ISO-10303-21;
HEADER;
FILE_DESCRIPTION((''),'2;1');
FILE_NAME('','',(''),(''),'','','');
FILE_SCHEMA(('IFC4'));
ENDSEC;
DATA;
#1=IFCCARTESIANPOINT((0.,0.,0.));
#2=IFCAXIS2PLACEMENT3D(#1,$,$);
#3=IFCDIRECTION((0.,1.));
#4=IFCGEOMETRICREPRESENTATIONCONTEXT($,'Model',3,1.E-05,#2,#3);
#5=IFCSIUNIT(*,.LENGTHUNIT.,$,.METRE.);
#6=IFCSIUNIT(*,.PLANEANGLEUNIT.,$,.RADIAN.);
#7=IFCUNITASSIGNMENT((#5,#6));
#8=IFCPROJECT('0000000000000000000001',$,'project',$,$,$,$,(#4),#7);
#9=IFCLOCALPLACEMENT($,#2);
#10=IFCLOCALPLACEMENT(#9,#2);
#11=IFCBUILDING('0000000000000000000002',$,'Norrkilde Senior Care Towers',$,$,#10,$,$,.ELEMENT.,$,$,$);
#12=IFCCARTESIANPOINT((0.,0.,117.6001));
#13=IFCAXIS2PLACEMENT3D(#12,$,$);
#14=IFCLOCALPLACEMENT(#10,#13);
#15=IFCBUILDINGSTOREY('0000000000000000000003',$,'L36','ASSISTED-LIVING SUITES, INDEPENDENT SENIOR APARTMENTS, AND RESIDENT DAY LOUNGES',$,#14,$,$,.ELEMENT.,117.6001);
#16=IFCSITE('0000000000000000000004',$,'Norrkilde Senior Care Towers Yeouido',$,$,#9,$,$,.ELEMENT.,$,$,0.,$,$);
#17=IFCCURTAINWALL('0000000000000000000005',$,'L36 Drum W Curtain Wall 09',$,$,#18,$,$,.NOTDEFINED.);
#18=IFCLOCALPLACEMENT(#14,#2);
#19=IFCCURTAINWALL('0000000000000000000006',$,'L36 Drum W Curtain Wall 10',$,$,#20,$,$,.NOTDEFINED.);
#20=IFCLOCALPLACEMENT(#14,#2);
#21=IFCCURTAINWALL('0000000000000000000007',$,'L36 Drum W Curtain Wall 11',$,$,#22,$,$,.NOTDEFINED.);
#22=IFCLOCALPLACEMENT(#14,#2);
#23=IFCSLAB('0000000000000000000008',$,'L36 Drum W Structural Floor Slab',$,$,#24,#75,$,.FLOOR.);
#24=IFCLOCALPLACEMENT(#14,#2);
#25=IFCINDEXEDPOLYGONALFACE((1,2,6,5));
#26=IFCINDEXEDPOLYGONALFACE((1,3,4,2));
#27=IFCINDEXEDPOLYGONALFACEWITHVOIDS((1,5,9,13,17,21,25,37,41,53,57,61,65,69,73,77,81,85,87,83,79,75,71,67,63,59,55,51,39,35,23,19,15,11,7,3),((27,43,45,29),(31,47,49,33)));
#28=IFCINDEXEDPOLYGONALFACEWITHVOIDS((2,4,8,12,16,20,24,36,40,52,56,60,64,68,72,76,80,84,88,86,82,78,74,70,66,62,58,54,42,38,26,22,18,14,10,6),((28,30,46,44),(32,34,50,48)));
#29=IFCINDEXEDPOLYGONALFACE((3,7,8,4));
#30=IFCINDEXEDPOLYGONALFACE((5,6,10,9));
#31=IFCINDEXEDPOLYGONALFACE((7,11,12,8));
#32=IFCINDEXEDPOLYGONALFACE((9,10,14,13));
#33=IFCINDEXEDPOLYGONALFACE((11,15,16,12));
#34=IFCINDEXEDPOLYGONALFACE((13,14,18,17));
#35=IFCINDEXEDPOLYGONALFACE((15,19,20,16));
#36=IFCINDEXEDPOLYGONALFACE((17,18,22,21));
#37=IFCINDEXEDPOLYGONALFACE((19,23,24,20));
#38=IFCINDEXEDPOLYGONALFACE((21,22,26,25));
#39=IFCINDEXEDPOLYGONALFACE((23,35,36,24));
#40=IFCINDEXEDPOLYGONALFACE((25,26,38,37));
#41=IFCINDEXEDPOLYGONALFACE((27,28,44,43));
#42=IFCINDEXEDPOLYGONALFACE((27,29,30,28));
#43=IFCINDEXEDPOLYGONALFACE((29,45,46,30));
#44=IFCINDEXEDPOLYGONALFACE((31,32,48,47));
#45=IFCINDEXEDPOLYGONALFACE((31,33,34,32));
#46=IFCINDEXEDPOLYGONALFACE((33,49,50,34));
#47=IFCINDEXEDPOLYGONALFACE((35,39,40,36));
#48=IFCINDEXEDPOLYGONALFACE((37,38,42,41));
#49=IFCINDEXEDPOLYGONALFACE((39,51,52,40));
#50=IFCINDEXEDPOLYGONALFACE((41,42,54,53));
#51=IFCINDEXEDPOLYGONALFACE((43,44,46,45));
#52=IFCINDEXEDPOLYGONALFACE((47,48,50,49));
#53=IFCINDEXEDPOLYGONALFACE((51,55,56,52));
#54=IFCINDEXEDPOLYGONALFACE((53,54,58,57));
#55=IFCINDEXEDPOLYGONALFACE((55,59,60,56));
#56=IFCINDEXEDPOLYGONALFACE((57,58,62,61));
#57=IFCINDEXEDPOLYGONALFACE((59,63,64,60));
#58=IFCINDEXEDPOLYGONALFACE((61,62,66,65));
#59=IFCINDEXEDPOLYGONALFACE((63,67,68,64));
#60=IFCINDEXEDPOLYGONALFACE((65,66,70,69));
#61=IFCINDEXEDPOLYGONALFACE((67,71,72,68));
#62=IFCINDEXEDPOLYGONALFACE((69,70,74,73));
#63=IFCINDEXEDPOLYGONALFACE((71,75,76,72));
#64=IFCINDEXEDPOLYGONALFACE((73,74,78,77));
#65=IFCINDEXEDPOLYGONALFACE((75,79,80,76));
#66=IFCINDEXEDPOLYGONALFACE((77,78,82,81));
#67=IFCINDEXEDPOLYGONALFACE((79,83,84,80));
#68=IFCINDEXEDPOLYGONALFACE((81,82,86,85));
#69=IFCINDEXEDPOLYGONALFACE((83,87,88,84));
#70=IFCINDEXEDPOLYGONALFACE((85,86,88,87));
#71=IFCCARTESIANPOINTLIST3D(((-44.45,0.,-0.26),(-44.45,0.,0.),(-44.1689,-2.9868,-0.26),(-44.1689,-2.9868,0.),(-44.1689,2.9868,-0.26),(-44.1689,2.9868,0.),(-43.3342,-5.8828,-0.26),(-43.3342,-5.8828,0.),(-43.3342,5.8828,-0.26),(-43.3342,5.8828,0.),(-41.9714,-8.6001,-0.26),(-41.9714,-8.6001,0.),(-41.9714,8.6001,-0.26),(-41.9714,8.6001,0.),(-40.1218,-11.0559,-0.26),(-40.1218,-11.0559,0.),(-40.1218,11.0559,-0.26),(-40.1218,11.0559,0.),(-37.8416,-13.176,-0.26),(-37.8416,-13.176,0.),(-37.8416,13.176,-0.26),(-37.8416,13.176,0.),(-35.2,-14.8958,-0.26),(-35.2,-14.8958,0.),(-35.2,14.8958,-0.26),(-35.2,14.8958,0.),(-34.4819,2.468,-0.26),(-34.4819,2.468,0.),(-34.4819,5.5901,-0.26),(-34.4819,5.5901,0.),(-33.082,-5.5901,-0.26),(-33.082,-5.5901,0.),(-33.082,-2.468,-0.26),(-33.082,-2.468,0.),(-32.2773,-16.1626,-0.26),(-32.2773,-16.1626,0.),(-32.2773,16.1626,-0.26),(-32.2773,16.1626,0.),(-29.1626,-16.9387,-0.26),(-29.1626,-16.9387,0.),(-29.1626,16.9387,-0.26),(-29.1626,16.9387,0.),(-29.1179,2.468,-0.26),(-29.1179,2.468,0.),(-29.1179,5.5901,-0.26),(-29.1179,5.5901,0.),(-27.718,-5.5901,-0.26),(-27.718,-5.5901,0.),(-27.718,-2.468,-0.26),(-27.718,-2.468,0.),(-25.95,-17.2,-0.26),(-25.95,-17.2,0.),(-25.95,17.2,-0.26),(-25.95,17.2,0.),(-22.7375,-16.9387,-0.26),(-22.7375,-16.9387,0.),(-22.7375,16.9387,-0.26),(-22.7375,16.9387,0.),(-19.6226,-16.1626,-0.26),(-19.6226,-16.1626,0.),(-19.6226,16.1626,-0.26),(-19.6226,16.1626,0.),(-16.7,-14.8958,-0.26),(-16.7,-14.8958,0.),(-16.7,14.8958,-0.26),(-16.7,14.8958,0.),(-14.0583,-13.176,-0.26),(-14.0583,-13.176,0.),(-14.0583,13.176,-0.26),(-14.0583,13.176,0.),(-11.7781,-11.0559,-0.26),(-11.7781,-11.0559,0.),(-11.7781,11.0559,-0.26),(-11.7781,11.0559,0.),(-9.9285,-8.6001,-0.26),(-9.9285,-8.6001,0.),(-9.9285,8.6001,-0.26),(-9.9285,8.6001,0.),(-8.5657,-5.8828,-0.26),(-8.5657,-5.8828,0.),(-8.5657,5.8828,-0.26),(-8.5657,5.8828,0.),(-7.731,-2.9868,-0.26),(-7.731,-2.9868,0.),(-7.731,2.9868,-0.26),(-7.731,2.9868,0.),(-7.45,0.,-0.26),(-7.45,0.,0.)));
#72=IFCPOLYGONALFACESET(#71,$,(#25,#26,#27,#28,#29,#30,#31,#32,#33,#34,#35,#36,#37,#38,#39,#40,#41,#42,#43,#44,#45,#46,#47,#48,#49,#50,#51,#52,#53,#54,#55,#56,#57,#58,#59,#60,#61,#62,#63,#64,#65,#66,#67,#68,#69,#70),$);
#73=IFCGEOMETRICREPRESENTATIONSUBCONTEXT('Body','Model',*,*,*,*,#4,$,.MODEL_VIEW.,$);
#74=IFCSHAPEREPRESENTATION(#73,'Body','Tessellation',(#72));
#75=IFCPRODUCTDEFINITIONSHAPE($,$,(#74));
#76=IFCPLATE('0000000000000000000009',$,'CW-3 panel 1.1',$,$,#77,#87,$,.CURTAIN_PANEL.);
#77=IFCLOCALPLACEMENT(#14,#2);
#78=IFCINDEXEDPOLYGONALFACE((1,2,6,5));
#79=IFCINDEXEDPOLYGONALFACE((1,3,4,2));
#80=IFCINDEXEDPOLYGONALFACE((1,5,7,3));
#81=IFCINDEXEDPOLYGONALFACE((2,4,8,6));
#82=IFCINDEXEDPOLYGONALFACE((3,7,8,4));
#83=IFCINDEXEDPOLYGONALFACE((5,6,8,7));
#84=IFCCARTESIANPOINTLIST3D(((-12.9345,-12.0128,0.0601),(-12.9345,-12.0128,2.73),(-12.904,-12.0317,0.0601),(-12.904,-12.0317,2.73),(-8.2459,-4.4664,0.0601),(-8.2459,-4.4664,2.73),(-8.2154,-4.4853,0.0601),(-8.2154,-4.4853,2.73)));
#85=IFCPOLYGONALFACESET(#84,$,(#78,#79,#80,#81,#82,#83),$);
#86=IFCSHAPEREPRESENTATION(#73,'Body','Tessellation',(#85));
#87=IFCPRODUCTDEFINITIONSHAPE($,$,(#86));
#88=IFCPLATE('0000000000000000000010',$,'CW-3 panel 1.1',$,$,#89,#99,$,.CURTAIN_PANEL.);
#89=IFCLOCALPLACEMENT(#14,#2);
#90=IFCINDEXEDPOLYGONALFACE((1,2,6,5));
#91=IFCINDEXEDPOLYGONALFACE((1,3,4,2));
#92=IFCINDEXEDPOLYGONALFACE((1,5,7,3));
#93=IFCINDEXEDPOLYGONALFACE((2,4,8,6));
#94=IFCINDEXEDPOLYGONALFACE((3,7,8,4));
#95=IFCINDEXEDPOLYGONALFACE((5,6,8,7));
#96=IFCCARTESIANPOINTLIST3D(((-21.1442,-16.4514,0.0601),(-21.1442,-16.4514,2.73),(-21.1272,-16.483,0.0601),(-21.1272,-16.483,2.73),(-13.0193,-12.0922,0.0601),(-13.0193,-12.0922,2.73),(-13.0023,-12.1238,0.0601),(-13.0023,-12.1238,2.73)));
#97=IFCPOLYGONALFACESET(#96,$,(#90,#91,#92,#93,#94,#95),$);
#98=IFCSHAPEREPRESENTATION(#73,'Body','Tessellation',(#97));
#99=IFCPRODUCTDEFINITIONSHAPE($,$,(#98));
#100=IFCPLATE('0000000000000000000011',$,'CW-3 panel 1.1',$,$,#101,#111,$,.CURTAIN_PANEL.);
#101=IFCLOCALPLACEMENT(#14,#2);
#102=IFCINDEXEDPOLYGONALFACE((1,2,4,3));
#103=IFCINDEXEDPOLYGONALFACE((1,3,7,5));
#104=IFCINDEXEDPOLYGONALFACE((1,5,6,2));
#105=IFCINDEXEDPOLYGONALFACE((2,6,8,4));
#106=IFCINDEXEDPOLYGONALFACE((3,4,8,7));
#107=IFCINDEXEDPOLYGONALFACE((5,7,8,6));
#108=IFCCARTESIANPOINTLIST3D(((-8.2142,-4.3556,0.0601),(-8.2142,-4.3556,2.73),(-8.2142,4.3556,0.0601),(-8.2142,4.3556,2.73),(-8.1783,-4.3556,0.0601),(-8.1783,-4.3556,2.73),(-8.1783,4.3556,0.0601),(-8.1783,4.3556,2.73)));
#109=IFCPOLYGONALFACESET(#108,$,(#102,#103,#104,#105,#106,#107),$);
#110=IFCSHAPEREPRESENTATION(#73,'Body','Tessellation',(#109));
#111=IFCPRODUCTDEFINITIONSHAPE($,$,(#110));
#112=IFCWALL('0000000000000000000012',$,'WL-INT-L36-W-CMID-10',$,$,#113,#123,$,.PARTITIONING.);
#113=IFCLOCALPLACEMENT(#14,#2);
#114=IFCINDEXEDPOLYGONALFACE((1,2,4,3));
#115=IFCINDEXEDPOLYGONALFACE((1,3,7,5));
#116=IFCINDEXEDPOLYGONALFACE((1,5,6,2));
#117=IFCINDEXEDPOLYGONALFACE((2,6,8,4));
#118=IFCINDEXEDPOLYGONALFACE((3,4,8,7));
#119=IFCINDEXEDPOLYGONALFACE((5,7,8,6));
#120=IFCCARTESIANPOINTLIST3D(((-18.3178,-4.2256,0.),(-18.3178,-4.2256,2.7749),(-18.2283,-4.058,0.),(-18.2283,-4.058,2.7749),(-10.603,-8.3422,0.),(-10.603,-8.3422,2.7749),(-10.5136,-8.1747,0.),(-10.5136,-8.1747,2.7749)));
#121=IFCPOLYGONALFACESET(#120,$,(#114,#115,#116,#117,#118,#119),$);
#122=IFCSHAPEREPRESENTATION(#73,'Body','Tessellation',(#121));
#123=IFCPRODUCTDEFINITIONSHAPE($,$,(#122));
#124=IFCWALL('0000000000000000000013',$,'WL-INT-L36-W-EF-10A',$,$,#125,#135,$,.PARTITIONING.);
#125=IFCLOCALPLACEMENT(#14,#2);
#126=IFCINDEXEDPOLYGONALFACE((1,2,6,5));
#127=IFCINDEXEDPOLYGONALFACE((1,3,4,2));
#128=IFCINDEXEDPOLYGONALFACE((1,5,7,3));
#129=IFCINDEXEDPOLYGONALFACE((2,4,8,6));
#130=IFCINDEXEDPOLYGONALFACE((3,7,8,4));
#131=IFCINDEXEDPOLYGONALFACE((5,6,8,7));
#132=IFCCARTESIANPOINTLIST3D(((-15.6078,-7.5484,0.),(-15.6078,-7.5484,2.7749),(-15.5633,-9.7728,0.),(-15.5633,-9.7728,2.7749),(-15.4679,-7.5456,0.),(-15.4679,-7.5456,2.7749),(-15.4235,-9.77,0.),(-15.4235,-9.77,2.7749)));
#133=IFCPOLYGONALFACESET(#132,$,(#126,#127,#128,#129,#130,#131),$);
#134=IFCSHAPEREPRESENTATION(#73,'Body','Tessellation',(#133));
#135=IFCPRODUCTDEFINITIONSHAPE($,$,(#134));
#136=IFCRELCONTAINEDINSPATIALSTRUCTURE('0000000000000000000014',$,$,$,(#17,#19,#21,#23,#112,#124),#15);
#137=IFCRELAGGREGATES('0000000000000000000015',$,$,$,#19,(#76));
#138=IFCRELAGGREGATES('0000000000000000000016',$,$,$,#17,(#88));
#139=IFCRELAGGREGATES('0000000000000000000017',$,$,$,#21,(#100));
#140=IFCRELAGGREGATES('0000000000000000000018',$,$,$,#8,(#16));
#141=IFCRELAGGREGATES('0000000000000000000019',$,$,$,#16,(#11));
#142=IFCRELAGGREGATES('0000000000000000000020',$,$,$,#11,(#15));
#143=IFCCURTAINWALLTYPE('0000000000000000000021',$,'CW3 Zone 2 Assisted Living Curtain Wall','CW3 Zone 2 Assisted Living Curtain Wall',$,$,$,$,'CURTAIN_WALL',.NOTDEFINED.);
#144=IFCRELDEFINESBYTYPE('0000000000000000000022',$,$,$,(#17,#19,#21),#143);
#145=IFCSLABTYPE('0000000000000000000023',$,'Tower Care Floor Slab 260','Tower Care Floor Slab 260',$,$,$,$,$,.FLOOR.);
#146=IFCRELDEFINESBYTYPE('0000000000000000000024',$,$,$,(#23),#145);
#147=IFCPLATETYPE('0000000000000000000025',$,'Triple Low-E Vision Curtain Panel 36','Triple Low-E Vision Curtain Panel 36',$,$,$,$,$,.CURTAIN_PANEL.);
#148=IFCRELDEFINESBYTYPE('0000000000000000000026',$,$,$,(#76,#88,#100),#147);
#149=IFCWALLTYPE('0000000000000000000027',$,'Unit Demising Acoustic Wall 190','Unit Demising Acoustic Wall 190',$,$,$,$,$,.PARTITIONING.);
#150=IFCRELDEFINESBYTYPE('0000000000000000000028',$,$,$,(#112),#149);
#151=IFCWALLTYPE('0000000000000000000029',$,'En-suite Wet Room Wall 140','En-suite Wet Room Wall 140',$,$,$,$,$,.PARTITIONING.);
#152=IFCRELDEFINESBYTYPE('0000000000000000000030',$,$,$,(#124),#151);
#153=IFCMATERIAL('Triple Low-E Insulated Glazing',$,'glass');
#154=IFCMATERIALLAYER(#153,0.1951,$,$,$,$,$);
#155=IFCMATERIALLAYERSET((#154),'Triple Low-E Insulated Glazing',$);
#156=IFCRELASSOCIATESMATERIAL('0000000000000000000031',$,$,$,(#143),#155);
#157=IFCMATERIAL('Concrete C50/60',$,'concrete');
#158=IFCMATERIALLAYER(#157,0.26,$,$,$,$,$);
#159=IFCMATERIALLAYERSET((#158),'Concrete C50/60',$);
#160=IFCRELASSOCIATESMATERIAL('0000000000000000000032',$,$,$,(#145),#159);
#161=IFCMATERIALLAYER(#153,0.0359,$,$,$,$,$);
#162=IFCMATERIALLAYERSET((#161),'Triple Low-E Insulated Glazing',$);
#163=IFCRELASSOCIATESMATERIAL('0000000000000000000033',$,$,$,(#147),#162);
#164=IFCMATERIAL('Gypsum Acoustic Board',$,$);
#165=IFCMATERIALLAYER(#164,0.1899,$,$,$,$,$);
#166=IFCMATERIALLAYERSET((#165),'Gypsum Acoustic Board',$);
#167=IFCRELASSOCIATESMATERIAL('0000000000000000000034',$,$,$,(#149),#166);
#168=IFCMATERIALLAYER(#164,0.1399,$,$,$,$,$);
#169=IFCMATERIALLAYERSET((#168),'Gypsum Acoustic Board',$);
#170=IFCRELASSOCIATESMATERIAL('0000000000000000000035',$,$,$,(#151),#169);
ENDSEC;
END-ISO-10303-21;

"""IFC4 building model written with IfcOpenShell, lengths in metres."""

from ifc_helpers import new_model, si_unit, direction, frame, frame_2d, origin, origin_2d, place, context, subcontext, project, spatial, polyline, rectangle, outline, extrude, source, transform, mapped, material, layer, layer_set, type_object, type_shapes, element, aggregate, save


model = new_model("IFC4")

# Units and contexts
model_context = context("Model", 3, precision=1e-05, world=origin(), true_north=direction((0.0, 1.0)))
body_context = subcontext(model_context, "Body", "Model", "MODEL_VIEW")
ifc_project = project(units=[si_unit("LENGTHUNIT", "METRE"), si_unit("PLANEANGLEUNIT", "RADIAN")], contexts=[model_context])

# Site, building, storey
site_placement = place(None, origin())
site = spatial("IfcSite", under=ifc_project, at=site_placement, Name="Norrkilde Senior Care Towers Yeouido", CompositionType="ELEMENT", RefElevation=0.0)
building_placement = place(site_placement, origin())
building = spatial("IfcBuilding", under=site, at=building_placement, Name="Norrkilde Senior Care Towers", CompositionType="ELEMENT")
storey_placement = place(building_placement, frame((0.0, 0.0, 117.6001)))
storey = spatial("IfcBuildingStorey", under=building, at=storey_placement, Name="L36", Description="ASSISTED-LIVING SUITES, INDEPENDENT SENIOR APARTMENTS, AND RESIDENT DAY LOUNGES", CompositionType="ELEMENT", Elevation=117.6001)

# Curtain wall
ifc_material_1 = material(Name="Triple Low-E Insulated Glazing", Category="glass")
ifc_layer_1 = layer(ifc_material_1, 0.1951)
ifc_layer_set_1 = layer_set([ifc_layer_1], Name="Triple Low-E Insulated Glazing")
curtain_wall_type = type_object("IfcCurtainWallType", Name="CW3 Zone 2 Assisted Living Curtain Wall", Description="CW3 Zone 2 Assisted Living Curtain Wall", ElementType="CURTAIN_WALL", PredefinedType="NOTDEFINED", material=ifc_layer_set_1)
curtain_wall_1_placement = place(storey_placement, origin())
curtain_wall_1 = element("IfcCurtainWall", 1, at=curtain_wall_1_placement, inside=storey, type_object=curtain_wall_type, Name="L36 Drum W Curtain Wall 09", PredefinedType="NOTDEFINED")

# Curtain wall
curtain_wall_2_placement = place(storey_placement, origin())
curtain_wall_2 = element("IfcCurtainWall", 2, at=curtain_wall_2_placement, inside=storey, type_object=curtain_wall_type, Name="L36 Drum W Curtain Wall 10", PredefinedType="NOTDEFINED")

# Curtain wall
curtain_wall_3_placement = place(storey_placement, origin())
curtain_wall_3 = element("IfcCurtainWall", 3, at=curtain_wall_3_placement, inside=storey, type_object=curtain_wall_type, Name="L36 Drum W Curtain Wall 11", PredefinedType="NOTDEFINED")

# Slab
ifc_material_2 = material(Name="Concrete C50/60", Category="concrete")
ifc_layer_2 = layer(ifc_material_2, 0.26)
ifc_layer_set_2 = layer_set([ifc_layer_2], Name="Concrete C50/60")
slab_type = type_object("IfcSlabType", Name="Tower Care Floor Slab 260", Description="Tower Care Floor Slab 260", PredefinedType="FLOOR", material=ifc_layer_set_2)
slab_placement = place(storey_placement, frame((0.0, 0.0, -0.26)))
element("IfcSlab", 4, at=slab_placement, inside=storey, type_object=slab_type, Name="L36 Drum W Structural Floor Slab", PredefinedType="FLOOR", context=body_context, shape_type="SweptSolid", body=[
    extrude(outline(polyline([(-8.5657, -5.8828), (-9.9285, -8.6001), (-11.7781, -11.0559), (-14.0583, -13.176), (-16.7, -14.8958), (-19.6226, -16.1626), (-22.7375, -16.9387), (-25.95, -17.2), (-29.1626, -16.9387), (-32.2773, -16.1626), (-35.2, -14.8958), (-37.8416, -13.176), (-40.1218, -11.0559), (-41.9714, -8.6001), (-43.3342, -5.8828), (-44.1689, -2.9868), (-44.45, 0.0), (-44.1689, 2.9868), (-43.3342, 5.8828), (-41.9714, 8.6001), (-40.1218, 11.0559), (-37.8416, 13.176), (-35.2, 14.8958), (-32.2773, 16.1626), (-29.1626, 16.9387), (-25.95, 17.2), (-22.7375, 16.9387), (-19.6226, 16.1626), (-16.7, 14.8958), (-14.0583, 13.176), (-11.7781, 11.0559), (-9.9285, 8.6001), (-8.5657, 5.8828), (-7.731, 2.9868), (-7.45, 0.0), (-7.731, -2.9868), (-8.5657, -5.8828)]), holes=[polyline([(-34.4819, 2.468), (-29.1179, 2.468), (-29.1179, 5.5901), (-34.4819, 5.5901), (-34.4819, 2.468)]), polyline([(-27.718, -5.5901), (-27.718, -2.468), (-33.082, -2.468), (-33.082, -5.5901), (-27.718, -5.5901)])]), origin(), (0.0, 0.0, 1.0), 0.26),
])

# Plates
ifc_layer_3 = layer(ifc_material_1, 0.0359)
ifc_layer_set_3 = layer_set([ifc_layer_3], Name="Triple Low-E Insulated Glazing")
plate_type = type_object("IfcPlateType", Name="Triple Low-E Vision Curtain Panel 36", Description="Triple Low-E Vision Curtain Panel 36", PredefinedType="CURTAIN_PANEL", material=ifc_layer_set_3)
shared_shape_1 = source(origin(), body_context, "Body", "SweptSolid", [
    extrude(rectangle(XDim=8.8843, YDim=0.0359, at=origin_2d()), origin(), (0.0, 0.0, 1.0), 2.6699),
])
plate_1_placement = place(storey_placement, frame((-10.575, -8.249, 0.0601), z_axis=(0.0, 0.0, 1.0), x_axis=(-0.527733, -0.84941, 0.0)))
plate_1 = element("IfcPlate", 5, at=plate_1_placement, type_object=plate_type, Name="CW-3 panel 1.1", PredefinedType="CURTAIN_PANEL", context=body_context, shape_type="MappedRepresentation", body=[
    mapped(shared_shape_1, transform((0.0, 0.0, 0.0), x_axis=(1.0, 0.0, 0.0), y_axis=(0.0, 1.0, 0.0), z_axis=(0.0, 0.0, 1.0), scale=1.0)),
])
aggregate(curtain_wall_2, [plate_1])
shared_shape_2 = source(origin(), body_context, "Body", "SweptSolid", [
    extrude(rectangle(XDim=9.2205, YDim=0.0359, at=origin_2d()), origin(), (0.0, 0.0, 1.0), 2.6699),
])
plate_2_placement = place(storey_placement, frame((-17.0732, -14.2876, 0.0601), z_axis=(0.0, 0.0, 1.0), x_axis=(-0.881186, -0.472769, 0.0)))
plate_2 = element("IfcPlate", 6, at=plate_2_placement, type_object=plate_type, Name="CW-3 panel 1.1", PredefinedType="CURTAIN_PANEL", context=body_context, shape_type="MappedRepresentation", body=[
    mapped(shared_shape_2, transform((0.0, 0.0, 0.0), x_axis=(1.0, 0.0, 0.0), y_axis=(0.0, 1.0, 0.0), z_axis=(0.0, 0.0, 1.0), scale=1.0)),
])
aggregate(curtain_wall_1, [plate_2])
shared_shape_3 = source(origin(), body_context, "Body", "SweptSolid", [
    extrude(rectangle(XDim=8.7112, YDim=0.0359, at=origin_2d()), origin(), (0.0, 0.0, 1.0), 2.6699),
])
type_shapes(plate_type, [shared_shape_1, shared_shape_2, shared_shape_3])
plate_3_placement = place(storey_placement, frame((-8.1963, 0.0, 0.0601), z_axis=(0.0, 0.0, 1.0), x_axis=(0.0, -1.0, 0.0)))
plate_3 = element("IfcPlate", 7, at=plate_3_placement, type_object=plate_type, Name="CW-3 panel 1.1", PredefinedType="CURTAIN_PANEL", context=body_context, shape_type="MappedRepresentation", body=[
    mapped(shared_shape_3, transform((0.0, 0.0, 0.0), x_axis=(1.0, 0.0, 0.0), y_axis=(0.0, 1.0, 0.0), z_axis=(0.0, 0.0, 1.0), scale=1.0)),
])
aggregate(curtain_wall_3, [plate_3])

# Walls
ifc_material_3 = material(Name="Gypsum Acoustic Board")
ifc_layer_4 = layer(ifc_material_3, 0.1899)
ifc_layer_set_4 = layer_set([ifc_layer_4], Name="Gypsum Acoustic Board")
wall_type_1 = type_object("IfcWallType", Name="Unit Demising Acoustic Wall 190", Description="Unit Demising Acoustic Wall 190", PredefinedType="PARTITIONING", material=ifc_layer_set_4)
shared_shape_4 = source(origin(), body_context, "Body", "SweptSolid", [
    extrude(rectangle(XDim=8.7444, YDim=0.1899, at=frame_2d((4.3721, 0.0))), origin(), (0.0, 0.0, 1.0), 2.7749),
])
type_shapes(wall_type_1, [shared_shape_4])
wall_1_placement = place(storey_placement, frame((-18.2729, -4.1418, 0.0), z_axis=(0.0, 0.0, 1.0), x_axis=(0.882252, -0.470777, 0.0)))
element("IfcWall", 8, at=wall_1_placement, inside=storey, type_object=wall_type_1, Name="WL-INT-L36-W-CMID-10", PredefinedType="PARTITIONING", context=body_context, shape_type="MappedRepresentation", body=[
    mapped(shared_shape_4, transform((0.0, 0.0, 0.0), x_axis=(1.0, 0.0, 0.0), y_axis=(0.0, 1.0, 0.0), z_axis=(0.0, 0.0, 1.0), scale=1.0)),
])
ifc_layer_5 = layer(ifc_material_3, 0.1399)
ifc_layer_set_5 = layer_set([ifc_layer_5], Name="Gypsum Acoustic Board")
wall_type_2 = type_object("IfcWallType", Name="En-suite Wet Room Wall 140", Description="En-suite Wet Room Wall 140", PredefinedType="PARTITIONING", material=ifc_layer_set_5)
shared_shape_5 = source(origin(), body_context, "Body", "SweptSolid", [
    extrude(rectangle(XDim=2.2249, YDim=0.1399, at=frame_2d((1.1123, 0.0))), origin(), (0.0, 0.0, 1.0), 2.7749),
])
type_shapes(wall_type_2, [shared_shape_5])
wall_2_placement = place(storey_placement, frame((-15.5378, -7.5471, 0.0), z_axis=(0.0, 0.0, 1.0), x_axis=(0.019972, -0.999801, 0.0)))
element("IfcWall", 9, at=wall_2_placement, inside=storey, type_object=wall_type_2, Name="WL-INT-L36-W-EF-10A", PredefinedType="PARTITIONING", context=body_context, shape_type="MappedRepresentation", body=[
    mapped(shared_shape_5, transform((0.0, 0.0, 0.0), x_axis=(1.0, 0.0, 0.0), y_axis=(0.0, 1.0, 0.0), z_axis=(0.0, 0.0, 1.0), scale=1.0)),
])

save(model, "model.ifc")
